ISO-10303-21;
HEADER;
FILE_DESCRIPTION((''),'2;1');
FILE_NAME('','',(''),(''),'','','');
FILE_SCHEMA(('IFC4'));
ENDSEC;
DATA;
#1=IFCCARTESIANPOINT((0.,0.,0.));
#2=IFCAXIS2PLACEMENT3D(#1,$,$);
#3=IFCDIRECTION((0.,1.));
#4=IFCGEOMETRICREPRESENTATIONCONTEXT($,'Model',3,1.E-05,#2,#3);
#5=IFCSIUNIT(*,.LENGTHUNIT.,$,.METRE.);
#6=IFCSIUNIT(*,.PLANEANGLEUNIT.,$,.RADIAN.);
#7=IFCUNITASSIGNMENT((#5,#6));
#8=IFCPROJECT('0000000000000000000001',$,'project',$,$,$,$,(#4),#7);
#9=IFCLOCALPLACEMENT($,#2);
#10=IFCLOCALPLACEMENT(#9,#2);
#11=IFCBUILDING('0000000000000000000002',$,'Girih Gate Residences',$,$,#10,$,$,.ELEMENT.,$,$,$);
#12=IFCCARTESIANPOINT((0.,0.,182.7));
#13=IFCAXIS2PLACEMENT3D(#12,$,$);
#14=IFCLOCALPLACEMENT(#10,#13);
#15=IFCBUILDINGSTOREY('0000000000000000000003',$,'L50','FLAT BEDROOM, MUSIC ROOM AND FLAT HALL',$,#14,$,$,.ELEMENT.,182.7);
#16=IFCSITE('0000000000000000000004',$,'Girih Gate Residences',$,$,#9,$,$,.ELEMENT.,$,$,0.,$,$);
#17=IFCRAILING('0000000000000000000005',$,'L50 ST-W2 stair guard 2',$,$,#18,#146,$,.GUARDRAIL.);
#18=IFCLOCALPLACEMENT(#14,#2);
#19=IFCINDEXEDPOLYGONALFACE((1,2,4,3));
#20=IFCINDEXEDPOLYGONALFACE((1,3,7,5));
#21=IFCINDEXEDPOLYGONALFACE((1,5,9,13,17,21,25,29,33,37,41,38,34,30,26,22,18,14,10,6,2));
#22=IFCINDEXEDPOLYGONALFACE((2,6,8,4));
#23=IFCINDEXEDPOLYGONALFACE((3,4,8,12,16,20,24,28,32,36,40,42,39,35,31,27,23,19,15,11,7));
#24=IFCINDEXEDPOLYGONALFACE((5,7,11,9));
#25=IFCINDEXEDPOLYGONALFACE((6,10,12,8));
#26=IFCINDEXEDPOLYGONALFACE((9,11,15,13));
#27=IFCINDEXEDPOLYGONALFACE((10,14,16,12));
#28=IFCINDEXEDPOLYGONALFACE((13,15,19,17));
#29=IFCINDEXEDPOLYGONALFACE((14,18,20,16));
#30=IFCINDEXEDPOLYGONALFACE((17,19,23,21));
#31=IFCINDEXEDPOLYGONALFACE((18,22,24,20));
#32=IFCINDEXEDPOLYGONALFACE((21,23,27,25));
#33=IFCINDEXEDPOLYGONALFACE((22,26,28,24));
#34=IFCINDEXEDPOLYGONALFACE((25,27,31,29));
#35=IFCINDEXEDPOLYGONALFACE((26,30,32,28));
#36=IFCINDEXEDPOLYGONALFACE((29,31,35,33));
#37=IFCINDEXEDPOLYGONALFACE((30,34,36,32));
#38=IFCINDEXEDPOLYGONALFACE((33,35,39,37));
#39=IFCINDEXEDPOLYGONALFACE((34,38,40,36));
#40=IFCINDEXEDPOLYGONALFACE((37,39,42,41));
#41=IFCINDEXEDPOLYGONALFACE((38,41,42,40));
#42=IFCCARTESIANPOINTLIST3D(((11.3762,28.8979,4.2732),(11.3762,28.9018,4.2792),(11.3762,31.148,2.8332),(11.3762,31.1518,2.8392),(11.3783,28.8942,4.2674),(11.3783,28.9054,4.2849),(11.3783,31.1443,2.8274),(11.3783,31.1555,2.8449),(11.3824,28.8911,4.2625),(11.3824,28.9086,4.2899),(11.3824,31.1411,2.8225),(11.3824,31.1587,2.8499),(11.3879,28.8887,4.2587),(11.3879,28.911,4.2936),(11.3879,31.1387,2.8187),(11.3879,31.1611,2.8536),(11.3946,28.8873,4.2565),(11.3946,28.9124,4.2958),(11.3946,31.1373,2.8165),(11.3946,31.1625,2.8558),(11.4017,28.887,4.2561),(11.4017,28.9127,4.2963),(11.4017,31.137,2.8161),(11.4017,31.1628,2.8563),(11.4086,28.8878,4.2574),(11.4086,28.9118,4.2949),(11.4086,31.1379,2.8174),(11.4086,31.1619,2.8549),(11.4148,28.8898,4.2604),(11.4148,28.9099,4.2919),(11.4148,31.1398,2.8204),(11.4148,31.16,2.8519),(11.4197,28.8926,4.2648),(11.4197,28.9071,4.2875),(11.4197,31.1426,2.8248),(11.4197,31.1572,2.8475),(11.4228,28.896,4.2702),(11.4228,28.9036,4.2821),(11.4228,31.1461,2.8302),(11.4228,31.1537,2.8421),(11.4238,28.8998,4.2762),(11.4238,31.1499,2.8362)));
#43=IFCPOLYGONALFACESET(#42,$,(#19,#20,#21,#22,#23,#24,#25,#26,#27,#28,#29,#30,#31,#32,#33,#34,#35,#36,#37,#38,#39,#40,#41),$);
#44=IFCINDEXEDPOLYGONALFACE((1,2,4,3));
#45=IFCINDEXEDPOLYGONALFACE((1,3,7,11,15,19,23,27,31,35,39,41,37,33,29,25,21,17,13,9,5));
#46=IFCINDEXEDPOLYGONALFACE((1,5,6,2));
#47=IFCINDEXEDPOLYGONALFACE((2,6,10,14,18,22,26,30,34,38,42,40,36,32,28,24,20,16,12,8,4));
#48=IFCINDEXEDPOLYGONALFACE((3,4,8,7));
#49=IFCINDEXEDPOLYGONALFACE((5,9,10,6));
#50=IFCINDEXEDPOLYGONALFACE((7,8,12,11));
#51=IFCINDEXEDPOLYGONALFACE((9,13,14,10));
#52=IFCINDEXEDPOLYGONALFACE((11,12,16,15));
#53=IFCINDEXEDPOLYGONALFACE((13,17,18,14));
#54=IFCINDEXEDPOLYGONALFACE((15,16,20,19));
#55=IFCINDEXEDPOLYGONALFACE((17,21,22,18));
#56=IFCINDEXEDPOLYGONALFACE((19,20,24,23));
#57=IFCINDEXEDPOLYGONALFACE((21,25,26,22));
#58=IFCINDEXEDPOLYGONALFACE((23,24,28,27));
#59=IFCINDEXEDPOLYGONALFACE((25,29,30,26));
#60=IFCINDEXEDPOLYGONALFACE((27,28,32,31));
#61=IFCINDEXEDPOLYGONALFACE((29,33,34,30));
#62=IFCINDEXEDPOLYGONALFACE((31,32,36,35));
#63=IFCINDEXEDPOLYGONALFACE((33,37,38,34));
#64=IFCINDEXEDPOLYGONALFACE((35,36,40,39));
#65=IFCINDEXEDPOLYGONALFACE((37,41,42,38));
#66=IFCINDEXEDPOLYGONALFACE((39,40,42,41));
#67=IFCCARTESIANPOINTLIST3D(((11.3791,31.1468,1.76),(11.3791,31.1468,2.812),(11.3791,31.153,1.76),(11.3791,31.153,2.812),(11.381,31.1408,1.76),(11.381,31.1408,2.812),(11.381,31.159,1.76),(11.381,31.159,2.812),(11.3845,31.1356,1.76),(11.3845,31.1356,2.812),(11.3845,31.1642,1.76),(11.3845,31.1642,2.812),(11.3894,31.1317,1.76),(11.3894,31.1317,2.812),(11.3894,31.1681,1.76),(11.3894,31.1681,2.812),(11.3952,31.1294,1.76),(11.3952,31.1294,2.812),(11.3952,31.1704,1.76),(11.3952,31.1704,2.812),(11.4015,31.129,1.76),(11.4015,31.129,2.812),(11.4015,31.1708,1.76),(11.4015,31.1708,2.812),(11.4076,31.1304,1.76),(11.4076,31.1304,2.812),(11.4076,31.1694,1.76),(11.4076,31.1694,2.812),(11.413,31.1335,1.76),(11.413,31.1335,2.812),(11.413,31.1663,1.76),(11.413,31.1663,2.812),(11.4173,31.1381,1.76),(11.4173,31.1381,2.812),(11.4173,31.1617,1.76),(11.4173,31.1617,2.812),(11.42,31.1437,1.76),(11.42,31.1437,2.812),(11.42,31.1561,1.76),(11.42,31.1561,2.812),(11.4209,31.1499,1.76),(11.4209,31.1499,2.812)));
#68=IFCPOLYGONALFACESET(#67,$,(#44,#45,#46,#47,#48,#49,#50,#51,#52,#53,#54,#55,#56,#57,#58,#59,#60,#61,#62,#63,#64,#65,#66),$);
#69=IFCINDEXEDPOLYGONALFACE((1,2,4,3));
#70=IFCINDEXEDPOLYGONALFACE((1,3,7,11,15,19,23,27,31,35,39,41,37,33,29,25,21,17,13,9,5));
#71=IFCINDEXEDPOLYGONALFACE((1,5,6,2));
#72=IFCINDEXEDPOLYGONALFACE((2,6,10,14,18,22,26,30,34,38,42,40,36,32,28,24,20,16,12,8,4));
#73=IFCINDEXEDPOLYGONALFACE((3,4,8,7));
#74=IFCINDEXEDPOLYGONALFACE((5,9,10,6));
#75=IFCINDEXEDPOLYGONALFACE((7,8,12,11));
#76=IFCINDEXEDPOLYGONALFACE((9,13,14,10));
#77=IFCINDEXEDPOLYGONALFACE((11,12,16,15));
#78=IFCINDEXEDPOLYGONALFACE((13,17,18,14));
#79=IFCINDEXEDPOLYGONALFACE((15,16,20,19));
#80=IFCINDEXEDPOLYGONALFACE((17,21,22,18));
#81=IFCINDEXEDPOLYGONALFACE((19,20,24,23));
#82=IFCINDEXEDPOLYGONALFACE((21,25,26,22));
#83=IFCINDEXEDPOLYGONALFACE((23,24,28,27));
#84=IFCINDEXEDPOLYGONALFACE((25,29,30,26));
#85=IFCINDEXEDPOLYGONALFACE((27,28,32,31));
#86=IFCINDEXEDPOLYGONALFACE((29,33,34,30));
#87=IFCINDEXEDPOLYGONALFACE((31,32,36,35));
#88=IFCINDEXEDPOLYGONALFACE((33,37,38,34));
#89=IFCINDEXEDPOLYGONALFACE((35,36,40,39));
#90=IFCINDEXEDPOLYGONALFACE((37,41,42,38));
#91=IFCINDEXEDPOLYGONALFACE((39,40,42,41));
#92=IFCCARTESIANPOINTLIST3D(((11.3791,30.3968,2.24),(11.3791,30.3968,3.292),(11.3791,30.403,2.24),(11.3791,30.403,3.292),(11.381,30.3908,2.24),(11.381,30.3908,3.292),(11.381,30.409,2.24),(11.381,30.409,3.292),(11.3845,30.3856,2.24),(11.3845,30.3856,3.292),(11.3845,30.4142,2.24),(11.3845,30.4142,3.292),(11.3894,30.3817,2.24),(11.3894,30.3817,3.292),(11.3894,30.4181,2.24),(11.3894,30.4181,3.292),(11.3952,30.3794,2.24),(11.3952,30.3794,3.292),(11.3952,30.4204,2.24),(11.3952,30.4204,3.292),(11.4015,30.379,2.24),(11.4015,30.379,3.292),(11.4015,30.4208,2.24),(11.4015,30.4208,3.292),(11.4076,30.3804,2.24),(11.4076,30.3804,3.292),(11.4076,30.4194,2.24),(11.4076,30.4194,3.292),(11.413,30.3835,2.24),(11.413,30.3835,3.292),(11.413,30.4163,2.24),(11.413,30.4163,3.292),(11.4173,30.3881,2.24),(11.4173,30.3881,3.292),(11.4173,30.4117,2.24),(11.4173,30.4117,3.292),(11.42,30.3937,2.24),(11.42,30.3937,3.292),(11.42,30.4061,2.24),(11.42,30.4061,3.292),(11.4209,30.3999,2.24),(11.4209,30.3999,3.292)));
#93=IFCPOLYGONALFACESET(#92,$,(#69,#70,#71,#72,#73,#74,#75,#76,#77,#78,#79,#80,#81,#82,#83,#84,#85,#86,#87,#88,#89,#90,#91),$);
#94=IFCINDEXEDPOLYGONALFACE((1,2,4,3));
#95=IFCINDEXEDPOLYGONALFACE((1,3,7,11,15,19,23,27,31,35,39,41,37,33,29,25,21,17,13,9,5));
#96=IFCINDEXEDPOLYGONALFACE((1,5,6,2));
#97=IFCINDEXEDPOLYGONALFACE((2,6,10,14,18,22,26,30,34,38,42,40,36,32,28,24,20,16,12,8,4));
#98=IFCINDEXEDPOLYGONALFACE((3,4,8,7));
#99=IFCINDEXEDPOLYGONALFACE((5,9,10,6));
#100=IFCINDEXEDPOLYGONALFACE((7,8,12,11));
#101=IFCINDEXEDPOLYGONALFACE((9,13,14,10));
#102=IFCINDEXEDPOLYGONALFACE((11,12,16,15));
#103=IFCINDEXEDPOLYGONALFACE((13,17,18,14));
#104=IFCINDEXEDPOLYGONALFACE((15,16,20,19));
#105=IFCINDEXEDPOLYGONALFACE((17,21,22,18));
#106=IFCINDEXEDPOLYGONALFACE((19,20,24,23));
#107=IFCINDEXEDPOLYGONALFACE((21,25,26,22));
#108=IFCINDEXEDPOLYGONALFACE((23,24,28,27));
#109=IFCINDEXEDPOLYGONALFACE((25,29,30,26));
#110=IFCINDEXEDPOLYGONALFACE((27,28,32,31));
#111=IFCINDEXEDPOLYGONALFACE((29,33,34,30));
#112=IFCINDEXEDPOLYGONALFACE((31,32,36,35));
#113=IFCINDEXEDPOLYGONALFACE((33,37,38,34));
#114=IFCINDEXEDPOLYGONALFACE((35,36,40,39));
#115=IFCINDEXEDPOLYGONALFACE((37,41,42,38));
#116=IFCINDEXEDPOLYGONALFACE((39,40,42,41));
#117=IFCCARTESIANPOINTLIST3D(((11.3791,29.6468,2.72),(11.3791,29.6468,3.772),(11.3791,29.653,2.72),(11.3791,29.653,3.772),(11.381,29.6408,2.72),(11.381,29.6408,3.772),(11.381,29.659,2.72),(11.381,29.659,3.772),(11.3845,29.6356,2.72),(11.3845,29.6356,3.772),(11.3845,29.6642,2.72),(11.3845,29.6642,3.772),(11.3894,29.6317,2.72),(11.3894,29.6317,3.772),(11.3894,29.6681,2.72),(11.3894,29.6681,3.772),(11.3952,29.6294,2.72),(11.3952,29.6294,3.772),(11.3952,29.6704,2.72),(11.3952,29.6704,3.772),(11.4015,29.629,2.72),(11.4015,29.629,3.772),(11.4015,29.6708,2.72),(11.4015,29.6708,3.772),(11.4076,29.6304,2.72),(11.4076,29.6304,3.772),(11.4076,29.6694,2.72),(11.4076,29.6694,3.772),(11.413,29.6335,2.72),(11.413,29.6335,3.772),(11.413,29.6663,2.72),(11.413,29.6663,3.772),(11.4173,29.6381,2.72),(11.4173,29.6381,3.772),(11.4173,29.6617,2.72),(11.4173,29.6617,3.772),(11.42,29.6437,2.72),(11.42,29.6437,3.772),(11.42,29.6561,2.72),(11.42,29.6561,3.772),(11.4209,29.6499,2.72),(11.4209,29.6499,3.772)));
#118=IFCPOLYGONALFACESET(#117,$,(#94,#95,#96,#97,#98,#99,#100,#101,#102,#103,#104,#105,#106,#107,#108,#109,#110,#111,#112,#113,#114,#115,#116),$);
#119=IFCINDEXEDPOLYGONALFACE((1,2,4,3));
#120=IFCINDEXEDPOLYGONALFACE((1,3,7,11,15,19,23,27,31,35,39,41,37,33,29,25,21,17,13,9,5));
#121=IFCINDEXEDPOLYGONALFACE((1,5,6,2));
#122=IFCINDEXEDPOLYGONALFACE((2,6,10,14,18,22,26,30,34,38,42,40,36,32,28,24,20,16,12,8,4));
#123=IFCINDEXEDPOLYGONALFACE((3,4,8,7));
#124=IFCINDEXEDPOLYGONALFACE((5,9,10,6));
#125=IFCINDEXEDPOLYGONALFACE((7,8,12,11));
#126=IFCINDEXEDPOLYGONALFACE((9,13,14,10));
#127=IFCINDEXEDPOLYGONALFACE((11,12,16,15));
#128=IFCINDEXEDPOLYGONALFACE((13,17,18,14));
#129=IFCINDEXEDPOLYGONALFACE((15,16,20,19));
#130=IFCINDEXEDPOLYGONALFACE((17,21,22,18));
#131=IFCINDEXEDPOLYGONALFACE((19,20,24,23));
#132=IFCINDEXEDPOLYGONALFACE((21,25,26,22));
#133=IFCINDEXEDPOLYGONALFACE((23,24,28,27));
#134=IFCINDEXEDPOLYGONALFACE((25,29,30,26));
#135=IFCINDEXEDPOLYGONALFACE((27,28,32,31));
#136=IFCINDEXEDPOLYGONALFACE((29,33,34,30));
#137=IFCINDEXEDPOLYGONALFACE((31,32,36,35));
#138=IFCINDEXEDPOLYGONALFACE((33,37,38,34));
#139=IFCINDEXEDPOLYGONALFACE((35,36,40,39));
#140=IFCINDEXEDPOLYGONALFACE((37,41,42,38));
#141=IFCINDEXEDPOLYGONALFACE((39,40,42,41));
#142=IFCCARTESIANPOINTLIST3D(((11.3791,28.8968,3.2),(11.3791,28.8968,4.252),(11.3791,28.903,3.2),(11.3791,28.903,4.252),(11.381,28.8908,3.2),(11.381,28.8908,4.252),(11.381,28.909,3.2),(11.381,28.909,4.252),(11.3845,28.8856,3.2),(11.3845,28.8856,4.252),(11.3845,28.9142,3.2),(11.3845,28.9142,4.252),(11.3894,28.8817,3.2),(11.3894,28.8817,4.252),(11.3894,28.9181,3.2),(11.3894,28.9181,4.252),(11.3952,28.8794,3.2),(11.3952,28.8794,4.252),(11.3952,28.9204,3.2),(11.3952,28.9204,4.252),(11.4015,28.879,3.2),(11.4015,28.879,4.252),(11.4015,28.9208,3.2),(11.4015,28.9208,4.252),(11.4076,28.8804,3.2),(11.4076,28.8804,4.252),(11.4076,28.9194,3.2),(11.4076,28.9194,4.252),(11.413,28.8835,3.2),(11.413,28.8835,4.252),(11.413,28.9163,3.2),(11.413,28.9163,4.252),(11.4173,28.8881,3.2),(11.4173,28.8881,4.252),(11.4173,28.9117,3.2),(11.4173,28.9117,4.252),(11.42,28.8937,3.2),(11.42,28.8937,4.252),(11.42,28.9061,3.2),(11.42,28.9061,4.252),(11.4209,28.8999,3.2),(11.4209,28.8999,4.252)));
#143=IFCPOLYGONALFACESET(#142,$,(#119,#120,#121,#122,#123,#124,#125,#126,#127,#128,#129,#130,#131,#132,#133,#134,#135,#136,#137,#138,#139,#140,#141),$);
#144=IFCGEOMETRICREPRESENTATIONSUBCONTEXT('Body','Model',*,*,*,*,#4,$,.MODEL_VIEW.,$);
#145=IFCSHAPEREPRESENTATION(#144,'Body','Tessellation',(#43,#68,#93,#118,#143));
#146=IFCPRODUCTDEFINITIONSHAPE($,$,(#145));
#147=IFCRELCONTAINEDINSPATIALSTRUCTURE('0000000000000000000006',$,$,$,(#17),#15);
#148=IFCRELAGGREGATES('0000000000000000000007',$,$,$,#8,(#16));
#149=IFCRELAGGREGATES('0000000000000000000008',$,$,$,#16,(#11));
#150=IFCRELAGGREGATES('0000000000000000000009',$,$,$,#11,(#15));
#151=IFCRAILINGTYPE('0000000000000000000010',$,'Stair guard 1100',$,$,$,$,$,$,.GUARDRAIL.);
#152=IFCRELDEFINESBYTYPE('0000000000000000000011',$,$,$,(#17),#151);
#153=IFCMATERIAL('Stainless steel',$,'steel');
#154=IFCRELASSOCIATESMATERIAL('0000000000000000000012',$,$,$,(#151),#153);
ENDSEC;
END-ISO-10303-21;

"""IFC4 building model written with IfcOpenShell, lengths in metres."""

from ifc_helpers import new_model, si_unit, direction, frame, origin, origin_2d, place, context, subcontext, project, spatial, circle, extrude, material, type_object, element, save


model = new_model("IFC4")

# Units and contexts
model_context = context("Model", 3, precision=1e-05, world=origin(), true_north=direction((0.0, 1.0)))
body_context = subcontext(model_context, "Body", "Model", "MODEL_VIEW")
ifc_project = project(units=[si_unit("LENGTHUNIT", "METRE"), si_unit("PLANEANGLEUNIT", "RADIAN")], contexts=[model_context])

# Site, building, storey
site_placement = place(None, origin())
site = spatial("IfcSite", under=ifc_project, at=site_placement, Name="Girih Gate Residences", CompositionType="ELEMENT", RefElevation=0.0)
building_placement = place(site_placement, origin())
building = spatial("IfcBuilding", under=site, at=building_placement, Name="Girih Gate Residences", CompositionType="ELEMENT")
storey_placement = place(building_placement, frame((0.0, 0.0, 182.7)))
storey = spatial("IfcBuildingStorey", under=building, at=storey_placement, Name="L50", Description="FLAT BEDROOM, MUSIC ROOM AND FLAT HALL", CompositionType="ELEMENT", Elevation=182.7)

# Railing
ifc_material_1 = material(Name="Stainless steel", Category="steel")
railing_type_1 = type_object("IfcRailingType", Name="Stair guard 1100", PredefinedType="GUARDRAIL", material=ifc_material_1)
railing_1_placement = place(storey_placement, frame((11.3999, 31.1499, 1.76)))
element("IfcRailing", 1, at=railing_1_placement, inside=storey, type_object=railing_type_1, Name="L50 ST-W2 stair guard 2", PredefinedType="GUARDRAIL", context=body_context, shape_type="SweptSolid", body=[
    extrude(circle(Radius=0.0239, at=origin_2d()), frame((0.0, 0.0, 1.0762), z_axis=(0.0, -0.842281, 0.539038), x_axis=(1.0, 0.0, 0.0)), (0.0, 0.0, 1.0), 2.6714),
    extrude(circle(Radius=0.021, at=origin_2d()), origin(), (0.0, 0.0, 1.0), 1.052),
    extrude(circle(Radius=0.021, at=origin_2d()), frame((0.0, -0.75, 0.48)), (0.0, 0.0, 1.0), 1.052),
    extrude(circle(Radius=0.021, at=origin_2d()), frame((0.0, -1.5, 0.96)), (0.0, 0.0, 1.0), 1.052),
    extrude(circle(Radius=0.021, at=origin_2d()), frame((0.0, -2.25, 1.4399)), (0.0, 0.0, 1.0), 1.052),
])

save(model, "model.ifc")
